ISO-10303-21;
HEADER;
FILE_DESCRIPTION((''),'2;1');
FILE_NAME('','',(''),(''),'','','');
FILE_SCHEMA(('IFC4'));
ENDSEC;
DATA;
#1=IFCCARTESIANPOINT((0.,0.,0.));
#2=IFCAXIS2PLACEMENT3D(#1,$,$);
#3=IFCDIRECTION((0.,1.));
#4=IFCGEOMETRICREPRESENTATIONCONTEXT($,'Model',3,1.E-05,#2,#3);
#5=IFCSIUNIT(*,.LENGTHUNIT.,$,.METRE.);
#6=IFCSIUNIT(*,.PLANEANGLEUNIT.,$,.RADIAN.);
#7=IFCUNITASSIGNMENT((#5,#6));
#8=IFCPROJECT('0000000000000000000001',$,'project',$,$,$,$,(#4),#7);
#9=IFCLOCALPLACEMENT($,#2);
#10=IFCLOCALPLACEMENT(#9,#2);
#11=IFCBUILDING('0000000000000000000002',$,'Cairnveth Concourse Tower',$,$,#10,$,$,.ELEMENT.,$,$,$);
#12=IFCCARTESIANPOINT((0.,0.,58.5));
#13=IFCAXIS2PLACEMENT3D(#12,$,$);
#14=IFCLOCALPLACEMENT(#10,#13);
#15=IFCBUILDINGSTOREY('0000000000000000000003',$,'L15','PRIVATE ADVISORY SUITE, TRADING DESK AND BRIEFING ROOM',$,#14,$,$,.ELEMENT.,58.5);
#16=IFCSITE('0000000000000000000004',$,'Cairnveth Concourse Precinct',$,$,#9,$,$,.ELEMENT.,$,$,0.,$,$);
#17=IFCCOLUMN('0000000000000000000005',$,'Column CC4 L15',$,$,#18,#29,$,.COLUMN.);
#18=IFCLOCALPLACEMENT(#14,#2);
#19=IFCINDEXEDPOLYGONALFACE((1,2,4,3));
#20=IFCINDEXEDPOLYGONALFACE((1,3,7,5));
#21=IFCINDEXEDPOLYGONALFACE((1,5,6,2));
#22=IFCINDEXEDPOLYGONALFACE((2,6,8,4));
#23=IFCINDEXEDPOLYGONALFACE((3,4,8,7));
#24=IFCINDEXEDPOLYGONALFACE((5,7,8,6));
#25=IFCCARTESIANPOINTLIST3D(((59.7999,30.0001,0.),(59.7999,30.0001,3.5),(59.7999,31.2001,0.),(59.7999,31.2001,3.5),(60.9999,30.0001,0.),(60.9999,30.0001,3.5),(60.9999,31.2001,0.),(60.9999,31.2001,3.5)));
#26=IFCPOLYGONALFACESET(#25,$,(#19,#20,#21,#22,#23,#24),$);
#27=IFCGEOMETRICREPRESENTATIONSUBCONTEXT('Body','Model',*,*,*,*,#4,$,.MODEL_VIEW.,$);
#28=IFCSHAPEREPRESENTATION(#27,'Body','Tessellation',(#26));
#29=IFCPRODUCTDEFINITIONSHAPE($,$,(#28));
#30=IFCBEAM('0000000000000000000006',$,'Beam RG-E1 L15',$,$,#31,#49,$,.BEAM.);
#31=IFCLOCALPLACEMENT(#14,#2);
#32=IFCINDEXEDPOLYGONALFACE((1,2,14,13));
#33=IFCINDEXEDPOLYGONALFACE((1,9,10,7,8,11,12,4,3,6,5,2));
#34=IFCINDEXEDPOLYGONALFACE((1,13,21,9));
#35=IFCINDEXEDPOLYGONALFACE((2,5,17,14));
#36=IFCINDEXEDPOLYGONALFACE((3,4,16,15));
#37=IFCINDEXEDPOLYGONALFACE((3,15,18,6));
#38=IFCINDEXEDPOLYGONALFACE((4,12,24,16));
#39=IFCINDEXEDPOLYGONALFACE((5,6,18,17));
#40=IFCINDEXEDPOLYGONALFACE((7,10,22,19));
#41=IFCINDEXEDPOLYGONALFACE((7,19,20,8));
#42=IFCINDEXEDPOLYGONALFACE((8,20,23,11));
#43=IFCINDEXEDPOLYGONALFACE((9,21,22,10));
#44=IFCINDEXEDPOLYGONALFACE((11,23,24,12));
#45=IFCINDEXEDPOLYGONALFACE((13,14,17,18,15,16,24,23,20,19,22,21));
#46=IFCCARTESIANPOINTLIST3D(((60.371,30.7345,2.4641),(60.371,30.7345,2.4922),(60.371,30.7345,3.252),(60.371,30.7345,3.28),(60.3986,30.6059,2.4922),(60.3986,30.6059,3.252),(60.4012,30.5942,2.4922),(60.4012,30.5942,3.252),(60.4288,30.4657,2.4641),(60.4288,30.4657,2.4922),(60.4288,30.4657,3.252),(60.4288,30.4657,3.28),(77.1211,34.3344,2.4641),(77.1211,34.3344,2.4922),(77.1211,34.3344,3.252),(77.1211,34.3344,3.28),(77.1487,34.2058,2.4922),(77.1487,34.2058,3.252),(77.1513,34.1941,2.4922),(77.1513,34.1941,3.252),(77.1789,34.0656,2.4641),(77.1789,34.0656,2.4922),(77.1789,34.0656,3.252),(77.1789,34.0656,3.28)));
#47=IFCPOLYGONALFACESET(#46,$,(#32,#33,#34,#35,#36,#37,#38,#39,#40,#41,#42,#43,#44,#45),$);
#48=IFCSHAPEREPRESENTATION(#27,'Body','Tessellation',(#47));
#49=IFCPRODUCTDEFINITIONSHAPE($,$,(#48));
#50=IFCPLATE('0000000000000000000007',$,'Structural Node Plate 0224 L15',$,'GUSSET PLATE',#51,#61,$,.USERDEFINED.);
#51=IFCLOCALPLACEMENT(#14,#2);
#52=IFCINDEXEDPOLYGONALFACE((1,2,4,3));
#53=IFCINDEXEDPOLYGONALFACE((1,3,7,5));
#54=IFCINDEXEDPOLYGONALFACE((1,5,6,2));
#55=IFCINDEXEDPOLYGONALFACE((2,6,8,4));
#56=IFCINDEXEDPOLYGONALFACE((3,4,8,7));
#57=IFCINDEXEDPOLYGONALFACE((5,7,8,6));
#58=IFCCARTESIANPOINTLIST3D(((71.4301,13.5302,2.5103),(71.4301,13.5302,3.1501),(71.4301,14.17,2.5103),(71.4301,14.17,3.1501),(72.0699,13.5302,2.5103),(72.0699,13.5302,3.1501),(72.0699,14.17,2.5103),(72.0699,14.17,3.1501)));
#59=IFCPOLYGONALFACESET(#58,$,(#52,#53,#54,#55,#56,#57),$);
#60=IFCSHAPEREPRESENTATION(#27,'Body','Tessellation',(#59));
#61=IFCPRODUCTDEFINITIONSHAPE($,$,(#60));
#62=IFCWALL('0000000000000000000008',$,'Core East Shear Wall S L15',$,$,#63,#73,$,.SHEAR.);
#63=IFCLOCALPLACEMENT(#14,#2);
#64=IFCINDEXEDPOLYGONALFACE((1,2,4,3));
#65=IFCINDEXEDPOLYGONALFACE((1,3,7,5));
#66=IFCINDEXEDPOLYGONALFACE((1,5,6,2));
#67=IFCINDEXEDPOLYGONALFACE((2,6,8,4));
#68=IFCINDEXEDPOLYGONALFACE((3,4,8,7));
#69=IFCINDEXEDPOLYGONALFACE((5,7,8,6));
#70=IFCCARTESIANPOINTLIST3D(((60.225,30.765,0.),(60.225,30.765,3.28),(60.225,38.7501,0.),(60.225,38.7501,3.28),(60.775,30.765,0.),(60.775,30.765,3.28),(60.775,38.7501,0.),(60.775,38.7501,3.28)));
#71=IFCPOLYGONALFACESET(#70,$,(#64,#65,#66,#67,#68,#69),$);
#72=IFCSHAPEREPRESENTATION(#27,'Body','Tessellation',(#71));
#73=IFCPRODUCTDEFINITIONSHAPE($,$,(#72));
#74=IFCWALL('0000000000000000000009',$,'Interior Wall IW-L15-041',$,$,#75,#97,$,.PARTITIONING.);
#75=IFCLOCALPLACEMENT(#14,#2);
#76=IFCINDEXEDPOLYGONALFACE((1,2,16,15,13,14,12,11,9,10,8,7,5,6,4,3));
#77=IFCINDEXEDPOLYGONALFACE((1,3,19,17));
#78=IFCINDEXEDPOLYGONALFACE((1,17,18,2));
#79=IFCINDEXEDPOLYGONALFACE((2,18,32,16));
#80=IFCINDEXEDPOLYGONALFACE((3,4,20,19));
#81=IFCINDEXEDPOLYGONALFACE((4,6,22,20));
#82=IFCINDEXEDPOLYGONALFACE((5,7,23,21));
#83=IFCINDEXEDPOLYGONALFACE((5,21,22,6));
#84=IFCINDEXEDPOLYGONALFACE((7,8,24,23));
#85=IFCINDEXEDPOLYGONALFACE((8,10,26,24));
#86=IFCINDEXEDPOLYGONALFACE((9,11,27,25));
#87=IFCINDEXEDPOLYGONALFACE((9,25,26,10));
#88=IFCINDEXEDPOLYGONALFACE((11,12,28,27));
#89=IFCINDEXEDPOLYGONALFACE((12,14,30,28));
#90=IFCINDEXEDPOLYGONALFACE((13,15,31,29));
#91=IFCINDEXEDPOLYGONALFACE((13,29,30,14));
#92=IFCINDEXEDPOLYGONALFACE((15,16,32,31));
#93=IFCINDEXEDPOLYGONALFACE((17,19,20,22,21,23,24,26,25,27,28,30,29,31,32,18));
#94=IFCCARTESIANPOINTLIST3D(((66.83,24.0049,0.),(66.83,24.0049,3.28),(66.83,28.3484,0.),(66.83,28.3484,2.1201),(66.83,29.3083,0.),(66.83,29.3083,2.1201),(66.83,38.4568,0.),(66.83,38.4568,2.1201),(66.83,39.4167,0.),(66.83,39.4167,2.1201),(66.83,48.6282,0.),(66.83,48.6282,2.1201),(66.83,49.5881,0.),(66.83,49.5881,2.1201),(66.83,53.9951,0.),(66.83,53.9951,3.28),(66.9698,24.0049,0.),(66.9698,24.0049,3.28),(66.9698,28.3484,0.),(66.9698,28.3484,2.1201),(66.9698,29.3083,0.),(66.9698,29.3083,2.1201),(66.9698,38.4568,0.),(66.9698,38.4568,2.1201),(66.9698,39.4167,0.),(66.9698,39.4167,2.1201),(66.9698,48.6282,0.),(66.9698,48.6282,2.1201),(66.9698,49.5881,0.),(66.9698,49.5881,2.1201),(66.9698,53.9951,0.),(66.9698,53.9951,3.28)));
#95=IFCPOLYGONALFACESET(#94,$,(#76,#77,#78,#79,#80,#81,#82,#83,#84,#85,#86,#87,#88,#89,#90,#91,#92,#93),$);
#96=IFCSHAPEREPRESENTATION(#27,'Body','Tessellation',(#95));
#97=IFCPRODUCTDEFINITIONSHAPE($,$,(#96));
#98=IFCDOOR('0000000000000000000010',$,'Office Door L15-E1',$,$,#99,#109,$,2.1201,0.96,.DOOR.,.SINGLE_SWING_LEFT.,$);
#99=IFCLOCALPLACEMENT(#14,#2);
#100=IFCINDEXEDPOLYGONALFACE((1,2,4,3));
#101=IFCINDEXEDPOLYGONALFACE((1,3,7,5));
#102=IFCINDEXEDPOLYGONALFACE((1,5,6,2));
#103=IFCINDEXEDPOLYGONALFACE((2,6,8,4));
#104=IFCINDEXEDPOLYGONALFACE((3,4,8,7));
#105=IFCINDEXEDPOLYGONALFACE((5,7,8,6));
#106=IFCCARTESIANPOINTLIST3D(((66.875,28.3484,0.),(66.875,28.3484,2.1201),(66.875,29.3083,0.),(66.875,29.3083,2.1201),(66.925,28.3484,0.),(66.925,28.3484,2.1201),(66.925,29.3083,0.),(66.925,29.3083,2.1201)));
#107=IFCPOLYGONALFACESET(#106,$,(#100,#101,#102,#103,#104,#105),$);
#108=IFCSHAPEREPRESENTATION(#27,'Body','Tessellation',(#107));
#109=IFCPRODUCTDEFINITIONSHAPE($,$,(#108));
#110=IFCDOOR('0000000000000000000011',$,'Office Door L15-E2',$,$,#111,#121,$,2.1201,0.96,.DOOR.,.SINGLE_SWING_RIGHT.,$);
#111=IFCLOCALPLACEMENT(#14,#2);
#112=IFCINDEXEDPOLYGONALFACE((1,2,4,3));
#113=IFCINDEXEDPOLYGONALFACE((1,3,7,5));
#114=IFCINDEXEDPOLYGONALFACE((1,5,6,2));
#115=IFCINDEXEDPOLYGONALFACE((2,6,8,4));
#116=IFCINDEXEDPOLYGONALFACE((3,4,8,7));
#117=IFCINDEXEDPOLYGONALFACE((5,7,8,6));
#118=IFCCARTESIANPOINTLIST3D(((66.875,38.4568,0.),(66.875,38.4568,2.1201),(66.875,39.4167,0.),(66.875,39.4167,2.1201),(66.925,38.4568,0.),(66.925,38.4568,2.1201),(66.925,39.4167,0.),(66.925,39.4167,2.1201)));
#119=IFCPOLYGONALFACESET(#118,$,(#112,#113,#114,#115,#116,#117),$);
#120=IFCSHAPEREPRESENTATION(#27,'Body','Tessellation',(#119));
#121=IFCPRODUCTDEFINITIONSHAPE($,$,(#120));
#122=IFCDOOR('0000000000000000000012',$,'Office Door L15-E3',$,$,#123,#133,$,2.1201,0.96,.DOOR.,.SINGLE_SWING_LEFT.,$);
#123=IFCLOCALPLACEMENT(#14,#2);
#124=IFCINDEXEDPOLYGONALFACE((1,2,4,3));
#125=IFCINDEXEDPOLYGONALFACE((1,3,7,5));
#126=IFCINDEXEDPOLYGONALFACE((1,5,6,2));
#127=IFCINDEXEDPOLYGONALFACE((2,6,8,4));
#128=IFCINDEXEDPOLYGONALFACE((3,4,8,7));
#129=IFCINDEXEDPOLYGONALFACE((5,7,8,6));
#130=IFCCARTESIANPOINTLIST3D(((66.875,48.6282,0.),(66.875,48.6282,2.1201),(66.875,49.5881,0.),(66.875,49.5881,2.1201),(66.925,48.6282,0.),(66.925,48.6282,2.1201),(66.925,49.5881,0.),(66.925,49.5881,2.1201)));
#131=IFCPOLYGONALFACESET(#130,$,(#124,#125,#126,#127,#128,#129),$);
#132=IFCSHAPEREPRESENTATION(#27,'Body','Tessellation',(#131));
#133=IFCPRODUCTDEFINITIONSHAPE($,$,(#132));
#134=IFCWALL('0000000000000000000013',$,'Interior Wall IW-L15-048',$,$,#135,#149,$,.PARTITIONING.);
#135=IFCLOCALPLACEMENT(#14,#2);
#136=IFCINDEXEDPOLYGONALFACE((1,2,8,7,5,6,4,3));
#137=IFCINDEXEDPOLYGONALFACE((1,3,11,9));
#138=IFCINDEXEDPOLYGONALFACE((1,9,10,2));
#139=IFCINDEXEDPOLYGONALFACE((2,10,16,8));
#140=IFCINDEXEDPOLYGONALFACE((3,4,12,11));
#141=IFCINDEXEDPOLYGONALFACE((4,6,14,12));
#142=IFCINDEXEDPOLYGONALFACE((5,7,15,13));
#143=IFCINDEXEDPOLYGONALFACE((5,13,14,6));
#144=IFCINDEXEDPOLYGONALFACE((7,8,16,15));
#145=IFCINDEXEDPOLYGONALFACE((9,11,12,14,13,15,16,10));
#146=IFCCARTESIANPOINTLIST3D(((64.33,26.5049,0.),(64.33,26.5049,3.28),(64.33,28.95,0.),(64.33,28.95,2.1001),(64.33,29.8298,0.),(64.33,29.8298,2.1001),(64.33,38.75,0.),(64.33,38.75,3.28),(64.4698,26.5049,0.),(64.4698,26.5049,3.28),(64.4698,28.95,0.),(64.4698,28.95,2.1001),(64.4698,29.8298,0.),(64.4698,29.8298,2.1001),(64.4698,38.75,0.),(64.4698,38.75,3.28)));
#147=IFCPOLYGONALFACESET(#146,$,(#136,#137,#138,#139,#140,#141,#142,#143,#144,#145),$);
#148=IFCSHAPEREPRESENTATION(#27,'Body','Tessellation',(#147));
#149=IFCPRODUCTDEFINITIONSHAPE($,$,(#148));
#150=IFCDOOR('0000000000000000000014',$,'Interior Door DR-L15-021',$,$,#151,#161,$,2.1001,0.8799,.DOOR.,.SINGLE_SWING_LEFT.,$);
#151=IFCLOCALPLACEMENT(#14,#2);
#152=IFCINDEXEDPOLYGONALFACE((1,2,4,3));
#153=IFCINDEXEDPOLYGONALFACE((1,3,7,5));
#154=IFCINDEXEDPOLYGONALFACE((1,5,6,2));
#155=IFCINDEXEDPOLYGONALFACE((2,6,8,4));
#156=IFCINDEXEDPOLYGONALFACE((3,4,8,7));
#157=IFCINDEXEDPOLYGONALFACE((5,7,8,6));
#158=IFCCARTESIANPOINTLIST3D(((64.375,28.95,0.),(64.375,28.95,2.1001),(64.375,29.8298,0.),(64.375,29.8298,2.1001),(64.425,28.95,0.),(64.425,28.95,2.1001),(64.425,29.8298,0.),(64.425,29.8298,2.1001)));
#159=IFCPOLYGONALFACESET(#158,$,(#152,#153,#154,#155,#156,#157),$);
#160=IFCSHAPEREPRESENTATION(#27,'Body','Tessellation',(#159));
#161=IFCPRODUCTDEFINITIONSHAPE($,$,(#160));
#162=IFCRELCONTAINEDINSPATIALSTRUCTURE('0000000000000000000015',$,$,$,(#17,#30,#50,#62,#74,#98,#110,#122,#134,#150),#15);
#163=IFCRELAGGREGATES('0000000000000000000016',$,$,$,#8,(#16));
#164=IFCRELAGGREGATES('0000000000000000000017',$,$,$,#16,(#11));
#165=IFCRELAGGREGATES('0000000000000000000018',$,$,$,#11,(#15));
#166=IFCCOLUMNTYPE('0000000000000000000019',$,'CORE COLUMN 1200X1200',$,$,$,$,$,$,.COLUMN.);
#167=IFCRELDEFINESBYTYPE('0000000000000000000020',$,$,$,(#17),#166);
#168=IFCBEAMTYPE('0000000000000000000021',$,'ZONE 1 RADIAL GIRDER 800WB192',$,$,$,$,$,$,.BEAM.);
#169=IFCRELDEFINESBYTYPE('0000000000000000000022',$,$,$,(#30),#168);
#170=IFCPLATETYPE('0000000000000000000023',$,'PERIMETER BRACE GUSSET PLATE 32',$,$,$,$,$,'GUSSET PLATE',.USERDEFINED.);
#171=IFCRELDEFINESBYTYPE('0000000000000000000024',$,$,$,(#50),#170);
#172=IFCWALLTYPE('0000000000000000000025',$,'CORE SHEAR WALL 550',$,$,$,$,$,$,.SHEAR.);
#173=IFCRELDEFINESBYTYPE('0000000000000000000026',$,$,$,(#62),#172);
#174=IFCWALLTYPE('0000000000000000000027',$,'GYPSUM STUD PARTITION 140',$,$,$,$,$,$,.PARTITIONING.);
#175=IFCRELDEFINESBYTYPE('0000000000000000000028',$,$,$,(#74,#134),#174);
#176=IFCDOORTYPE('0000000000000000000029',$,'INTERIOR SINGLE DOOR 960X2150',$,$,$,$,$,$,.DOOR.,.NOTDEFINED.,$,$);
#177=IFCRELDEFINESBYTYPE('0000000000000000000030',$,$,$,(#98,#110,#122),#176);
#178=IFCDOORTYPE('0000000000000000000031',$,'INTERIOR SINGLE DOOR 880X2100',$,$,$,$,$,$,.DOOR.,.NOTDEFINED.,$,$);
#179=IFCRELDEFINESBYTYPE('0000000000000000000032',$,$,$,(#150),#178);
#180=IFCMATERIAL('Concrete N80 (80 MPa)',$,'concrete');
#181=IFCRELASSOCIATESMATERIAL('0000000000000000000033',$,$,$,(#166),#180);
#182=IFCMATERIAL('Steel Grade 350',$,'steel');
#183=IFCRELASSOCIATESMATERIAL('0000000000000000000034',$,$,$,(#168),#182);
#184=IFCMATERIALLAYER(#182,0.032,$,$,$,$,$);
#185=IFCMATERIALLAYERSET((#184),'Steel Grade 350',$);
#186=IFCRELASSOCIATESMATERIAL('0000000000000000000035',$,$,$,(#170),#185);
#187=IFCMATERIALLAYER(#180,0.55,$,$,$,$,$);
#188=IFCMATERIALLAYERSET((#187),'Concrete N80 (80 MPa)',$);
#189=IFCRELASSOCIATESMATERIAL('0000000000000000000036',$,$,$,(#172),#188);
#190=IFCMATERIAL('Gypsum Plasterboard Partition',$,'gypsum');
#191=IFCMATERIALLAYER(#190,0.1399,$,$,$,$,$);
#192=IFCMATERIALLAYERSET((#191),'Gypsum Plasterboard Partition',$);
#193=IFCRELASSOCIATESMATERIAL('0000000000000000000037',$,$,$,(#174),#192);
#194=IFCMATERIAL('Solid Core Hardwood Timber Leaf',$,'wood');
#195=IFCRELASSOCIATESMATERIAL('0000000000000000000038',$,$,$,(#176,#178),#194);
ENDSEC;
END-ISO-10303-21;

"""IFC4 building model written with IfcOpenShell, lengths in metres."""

from ifc_helpers import new_model, si_unit, direction, frame, frame_2d, origin, origin_2d, place, context, subcontext, project, spatial, rectangle, i_section, extrude, material, layer, layer_set, material_profile, profile_set, type_object, element, fill, save


model = new_model("IFC4")

# Units and contexts
model_context = context("Model", 3, precision=1e-05, world=origin(), true_north=direction((0.0, 1.0)))
body_context = subcontext(model_context, "Body", "Model", "MODEL_VIEW")
ifc_project = project(units=[si_unit("LENGTHUNIT", "METRE"), si_unit("PLANEANGLEUNIT", "RADIAN")], contexts=[model_context])

# Site, building, storey
site_placement = place(None, origin())
site = spatial("IfcSite", under=ifc_project, at=site_placement, Name="Cairnveth Concourse Precinct", CompositionType="ELEMENT", RefElevation=0.0)
building_placement = place(site_placement, origin())
building = spatial("IfcBuilding", under=site, at=building_placement, Name="Cairnveth Concourse Tower", CompositionType="ELEMENT")
storey_placement = place(building_placement, frame((0.0, 0.0, 58.5)))
storey = spatial("IfcBuildingStorey", under=building, at=storey_placement, Name="L15", Description="PRIVATE ADVISORY SUITE, TRADING DESK AND BRIEFING ROOM", CompositionType="ELEMENT", Elevation=58.5)

# Column
ifc_material_1 = material(Name="Concrete N80 (80 MPa)", Category="concrete")
ifc_material_profile_1 = material_profile(ifc_material_1, rectangle(XDim=1.2, YDim=1.2, at=origin_2d()), Name="RC-COL-1200x1200")
ifc_profile_set_1 = profile_set([ifc_material_profile_1], Name="Concrete N80 (80 MPa)")
column_type = type_object("IfcColumnType", Name="CORE COLUMN 1200X1200", PredefinedType="COLUMN", material=ifc_profile_set_1)
column_placement = place(storey_placement, frame((60.3999, 30.6001, 0.0), z_axis=(0.0, 0.0, 1.0), x_axis=(1.0, 0.0, 0.0)))
element("IfcColumn", 1, at=column_placement, inside=storey, type_object=column_type, Name="Column CC4 L15", PredefinedType="COLUMN", context=body_context, shape_type="SweptSolid", body=[
    extrude(rectangle(XDim=1.2, YDim=1.2, at=origin_2d()), origin(), (0.0, 0.0, 1.0), 3.5),
])

# Beam
ifc_material_2 = material(Name="Steel Grade 350", Category="steel")
ifc_material_profile_2 = material_profile(ifc_material_2, i_section(OverallWidth=0.2749, OverallDepth=0.8159, WebThickness=0.012, FlangeThickness=0.0281, at=origin_2d()), Name="800WB192")
ifc_profile_set_2 = profile_set([ifc_material_profile_2], Name="Steel Grade 350")
beam_type = type_object("IfcBeamType", Name="ZONE 1 RADIAL GIRDER 800WB192", PredefinedType="BEAM", material=ifc_profile_set_2)
beam_placement = place(storey_placement, frame((60.3999, 30.6001, 2.8721), z_axis=(0.977676, 0.210119, 0.0), x_axis=(-0.210119, 0.977676, 0.0)))
element("IfcBeam", 2, at=beam_placement, inside=storey, type_object=beam_type, Name="Beam RG-E1 L15", PredefinedType="BEAM", context=body_context, shape_type="SweptSolid", body=[
    extrude(i_section(OverallWidth=0.2749, OverallDepth=0.8159, WebThickness=0.012, FlangeThickness=0.0281, at=origin_2d()), origin(), (0.0, 0.0, 1.0), 17.1326),
])

# Plate
ifc_layer_1 = layer(ifc_material_2, 0.032)
ifc_layer_set_1 = layer_set([ifc_layer_1], Name="Steel Grade 350")
plate_type = type_object("IfcPlateType", Name="PERIMETER BRACE GUSSET PLATE 32", ElementType="GUSSET PLATE", PredefinedType="USERDEFINED", material=ifc_layer_set_1)
plate_placement = place(storey_placement, frame((71.75, 13.8501, 2.5103), z_axis=(0.0, 0.0, 1.0), x_axis=(1.0, 0.0, 0.0)))
element("IfcPlate", 3, at=plate_placement, inside=storey, type_object=plate_type, Name="Structural Node Plate 0224 L15", ObjectType="GUSSET PLATE", PredefinedType="USERDEFINED", context=body_context, shape_type="SweptSolid", body=[
    extrude(rectangle(XDim=0.6399, YDim=0.6399, at=origin_2d()), origin(), (0.0, 0.0, 1.0), 0.6399),
])

# Wall
ifc_layer_2 = layer(ifc_material_1, 0.55)
ifc_layer_set_2 = layer_set([ifc_layer_2], Name="Concrete N80 (80 MPa)")
wall_type_1 = type_object("IfcWallType", Name="CORE SHEAR WALL 550", PredefinedType="SHEAR", material=ifc_layer_set_2)
wall_1_placement = place(storey_placement, frame((60.5, 30.7649, 0.0), z_axis=(0.0, 0.0, 1.0), x_axis=(0.0, 1.0, 0.0)))
element("IfcWall", 4, at=wall_1_placement, inside=storey, type_object=wall_type_1, Name="Core East Shear Wall S L15", PredefinedType="SHEAR", context=body_context, shape_type="SweptSolid", body=[
    extrude(rectangle(XDim=7.9851, YDim=0.55, at=frame_2d((3.9927, 0.0))), origin(), (0.0, 0.0, 1.0), 3.28),
])

# Wall, openings, doors
ifc_material_3 = material(Name="Gypsum Plasterboard Partition", Category="gypsum")
ifc_layer_3 = layer(ifc_material_3, 0.1399)
ifc_layer_set_3 = layer_set([ifc_layer_3], Name="Gypsum Plasterboard Partition")
wall_type_2 = type_object("IfcWallType", Name="GYPSUM STUD PARTITION 140", PredefinedType="PARTITIONING", material=ifc_layer_set_3)
wall_2_placement = place(storey_placement, frame((66.8999, 24.0049, 0.0), z_axis=(0.0, 0.0, 1.0), x_axis=(0.0, 1.0, 0.0)))
wall_2 = element("IfcWall", 5, at=wall_2_placement, inside=storey, type_object=wall_type_2, Name="Interior Wall IW-L15-041", PredefinedType="PARTITIONING", context=body_context, shape_type="SweptSolid", body=[
    extrude(rectangle(XDim=29.9902, YDim=0.1399, at=frame_2d((14.9951, 0.0))), origin(), (0.0, 0.0, 1.0), 3.28),
])
opening_1_placement = place(wall_2_placement, frame((4.3435, 0.0, 0.0)))
opening_1 = element("IfcOpeningElement", 6, at=opening_1_placement, cuts=wall_2, PredefinedType="OPENING", context=body_context, shape_type="SweptSolid", body=[
    extrude(rectangle(XDim=0.96, YDim=2.1201, at=frame_2d((0.48, 1.0601))), frame((0.0, 0.0798, 0.0), z_axis=(0.0, -1.0, 0.0), x_axis=(1.0, 0.0, 0.0)), (0.0, 0.0, 1.0), 0.1599),
])
opening_2_placement = place(wall_2_placement, frame((14.4519, 0.0, 0.0)))
opening_2 = element("IfcOpeningElement", 7, at=opening_2_placement, cuts=wall_2, PredefinedType="OPENING", context=body_context, shape_type="SweptSolid", body=[
    extrude(rectangle(XDim=0.96, YDim=2.1201, at=frame_2d((0.48, 1.0601))), frame((0.0, 0.0798, 0.0), z_axis=(0.0, -1.0, 0.0), x_axis=(1.0, 0.0, 0.0)), (0.0, 0.0, 1.0), 0.1599),
])
opening_3_placement = place(wall_2_placement, frame((24.6233, 0.0, 0.0)))
opening_3 = element("IfcOpeningElement", 8, at=opening_3_placement, cuts=wall_2, PredefinedType="OPENING", context=body_context, shape_type="SweptSolid", body=[
    extrude(rectangle(XDim=0.96, YDim=2.1201, at=frame_2d((0.48, 1.0601))), frame((0.0, 0.0798, 0.0), z_axis=(0.0, -1.0, 0.0), x_axis=(1.0, 0.0, 0.0)), (0.0, 0.0, 1.0), 0.1599),
])
ifc_material_4 = material(Name="Solid Core Hardwood Timber Leaf", Category="wood")
door_type_1 = type_object("IfcDoorType", Name="INTERIOR SINGLE DOOR 960X2150", OperationType="NOTDEFINED", PredefinedType="DOOR", material=ifc_material_4)
door_1_placement = place(opening_1_placement, origin())
door_1 = element("IfcDoor", 9, at=door_1_placement, inside=storey, type_object=door_type_1, Name="Office Door L15-E1", OperationType="SINGLE_SWING_LEFT", OverallHeight=2.1201, OverallWidth=0.96, PredefinedType="DOOR", context=body_context, shape_type="SweptSolid", body=[
    extrude(rectangle(XDim=0.96, YDim=2.1201, at=frame_2d((0.48, 1.0601))), frame((0.0, 0.0249, 0.0), z_axis=(0.0, -1.0, 0.0), x_axis=(1.0, 0.0, 0.0)), (0.0, 0.0, 1.0), 0.05),
])
fill(opening_1, door_1)
door_2_placement = place(opening_2_placement, origin())
door_2 = element("IfcDoor", 10, at=door_2_placement, inside=storey, type_object=door_type_1, Name="Office Door L15-E2", OperationType="SINGLE_SWING_RIGHT", OverallHeight=2.1201, OverallWidth=0.96, PredefinedType="DOOR", context=body_context, shape_type="SweptSolid", body=[
    extrude(rectangle(XDim=0.96, YDim=2.1201, at=frame_2d((0.48, 1.0601))), frame((0.0, 0.0249, 0.0), z_axis=(0.0, -1.0, 0.0), x_axis=(1.0, 0.0, 0.0)), (0.0, 0.0, 1.0), 0.05),
])
fill(opening_2, door_2)
door_3_placement = place(opening_3_placement, origin())
door_3 = element("IfcDoor", 11, at=door_3_placement, inside=storey, type_object=door_type_1, Name="Office Door L15-E3", OperationType="SINGLE_SWING_LEFT", OverallHeight=2.1201, OverallWidth=0.96, PredefinedType="DOOR", context=body_context, shape_type="SweptSolid", body=[
    extrude(rectangle(XDim=0.96, YDim=2.1201, at=frame_2d((0.48, 1.0601))), frame((0.0, 0.0249, 0.0), z_axis=(0.0, -1.0, 0.0), x_axis=(1.0, 0.0, 0.0)), (0.0, 0.0, 1.0), 0.05),
])
fill(opening_3, door_3)

# Wall, opening, door
wall_3_placement = place(storey_placement, frame((64.3999, 26.5049, 0.0), z_axis=(0.0, 0.0, 1.0), x_axis=(0.0, 1.0, 0.0)))
wall_3 = element("IfcWall", 12, at=wall_3_placement, inside=storey, type_object=wall_type_2, Name="Interior Wall IW-L15-048", PredefinedType="PARTITIONING", context=body_context, shape_type="SweptSolid", body=[
    extrude(rectangle(XDim=12.2451, YDim=0.1399, at=frame_2d((6.1226, 0.0))), origin(), (0.0, 0.0, 1.0), 3.28),
])
opening_4_placement = place(wall_3_placement, frame((2.4451, 0.0, 0.0)))
opening_4 = element("IfcOpeningElement", 13, at=opening_4_placement, cuts=wall_3, PredefinedType="OPENING", context=body_context, shape_type="SweptSolid", body=[
    extrude(rectangle(XDim=0.8799, YDim=2.1001, at=frame_2d((0.4399, 1.05))), frame((0.0, 0.0798, 0.0), z_axis=(0.0, -1.0, 0.0), x_axis=(1.0, 0.0, 0.0)), (0.0, 0.0, 1.0), 0.1599),
])
door_type_2 = type_object("IfcDoorType", Name="INTERIOR SINGLE DOOR 880X2100", OperationType="NOTDEFINED", PredefinedType="DOOR", material=ifc_material_4)
door_4_placement = place(opening_4_placement, origin())
door_4 = element("IfcDoor", 14, at=door_4_placement, inside=storey, type_object=door_type_2, Name="Interior Door DR-L15-021", OperationType="SINGLE_SWING_LEFT", OverallHeight=2.1001, OverallWidth=0.8799, PredefinedType="DOOR", context=body_context, shape_type="SweptSolid", body=[
    extrude(rectangle(XDim=0.8799, YDim=2.1001, at=frame_2d((0.4399, 1.05))), frame((0.0, 0.0249, 0.0), z_axis=(0.0, -1.0, 0.0), x_axis=(1.0, 0.0, 0.0)), (0.0, 0.0, 1.0), 0.05),
])
fill(opening_4, door_4)

save(model, "model.ifc")
